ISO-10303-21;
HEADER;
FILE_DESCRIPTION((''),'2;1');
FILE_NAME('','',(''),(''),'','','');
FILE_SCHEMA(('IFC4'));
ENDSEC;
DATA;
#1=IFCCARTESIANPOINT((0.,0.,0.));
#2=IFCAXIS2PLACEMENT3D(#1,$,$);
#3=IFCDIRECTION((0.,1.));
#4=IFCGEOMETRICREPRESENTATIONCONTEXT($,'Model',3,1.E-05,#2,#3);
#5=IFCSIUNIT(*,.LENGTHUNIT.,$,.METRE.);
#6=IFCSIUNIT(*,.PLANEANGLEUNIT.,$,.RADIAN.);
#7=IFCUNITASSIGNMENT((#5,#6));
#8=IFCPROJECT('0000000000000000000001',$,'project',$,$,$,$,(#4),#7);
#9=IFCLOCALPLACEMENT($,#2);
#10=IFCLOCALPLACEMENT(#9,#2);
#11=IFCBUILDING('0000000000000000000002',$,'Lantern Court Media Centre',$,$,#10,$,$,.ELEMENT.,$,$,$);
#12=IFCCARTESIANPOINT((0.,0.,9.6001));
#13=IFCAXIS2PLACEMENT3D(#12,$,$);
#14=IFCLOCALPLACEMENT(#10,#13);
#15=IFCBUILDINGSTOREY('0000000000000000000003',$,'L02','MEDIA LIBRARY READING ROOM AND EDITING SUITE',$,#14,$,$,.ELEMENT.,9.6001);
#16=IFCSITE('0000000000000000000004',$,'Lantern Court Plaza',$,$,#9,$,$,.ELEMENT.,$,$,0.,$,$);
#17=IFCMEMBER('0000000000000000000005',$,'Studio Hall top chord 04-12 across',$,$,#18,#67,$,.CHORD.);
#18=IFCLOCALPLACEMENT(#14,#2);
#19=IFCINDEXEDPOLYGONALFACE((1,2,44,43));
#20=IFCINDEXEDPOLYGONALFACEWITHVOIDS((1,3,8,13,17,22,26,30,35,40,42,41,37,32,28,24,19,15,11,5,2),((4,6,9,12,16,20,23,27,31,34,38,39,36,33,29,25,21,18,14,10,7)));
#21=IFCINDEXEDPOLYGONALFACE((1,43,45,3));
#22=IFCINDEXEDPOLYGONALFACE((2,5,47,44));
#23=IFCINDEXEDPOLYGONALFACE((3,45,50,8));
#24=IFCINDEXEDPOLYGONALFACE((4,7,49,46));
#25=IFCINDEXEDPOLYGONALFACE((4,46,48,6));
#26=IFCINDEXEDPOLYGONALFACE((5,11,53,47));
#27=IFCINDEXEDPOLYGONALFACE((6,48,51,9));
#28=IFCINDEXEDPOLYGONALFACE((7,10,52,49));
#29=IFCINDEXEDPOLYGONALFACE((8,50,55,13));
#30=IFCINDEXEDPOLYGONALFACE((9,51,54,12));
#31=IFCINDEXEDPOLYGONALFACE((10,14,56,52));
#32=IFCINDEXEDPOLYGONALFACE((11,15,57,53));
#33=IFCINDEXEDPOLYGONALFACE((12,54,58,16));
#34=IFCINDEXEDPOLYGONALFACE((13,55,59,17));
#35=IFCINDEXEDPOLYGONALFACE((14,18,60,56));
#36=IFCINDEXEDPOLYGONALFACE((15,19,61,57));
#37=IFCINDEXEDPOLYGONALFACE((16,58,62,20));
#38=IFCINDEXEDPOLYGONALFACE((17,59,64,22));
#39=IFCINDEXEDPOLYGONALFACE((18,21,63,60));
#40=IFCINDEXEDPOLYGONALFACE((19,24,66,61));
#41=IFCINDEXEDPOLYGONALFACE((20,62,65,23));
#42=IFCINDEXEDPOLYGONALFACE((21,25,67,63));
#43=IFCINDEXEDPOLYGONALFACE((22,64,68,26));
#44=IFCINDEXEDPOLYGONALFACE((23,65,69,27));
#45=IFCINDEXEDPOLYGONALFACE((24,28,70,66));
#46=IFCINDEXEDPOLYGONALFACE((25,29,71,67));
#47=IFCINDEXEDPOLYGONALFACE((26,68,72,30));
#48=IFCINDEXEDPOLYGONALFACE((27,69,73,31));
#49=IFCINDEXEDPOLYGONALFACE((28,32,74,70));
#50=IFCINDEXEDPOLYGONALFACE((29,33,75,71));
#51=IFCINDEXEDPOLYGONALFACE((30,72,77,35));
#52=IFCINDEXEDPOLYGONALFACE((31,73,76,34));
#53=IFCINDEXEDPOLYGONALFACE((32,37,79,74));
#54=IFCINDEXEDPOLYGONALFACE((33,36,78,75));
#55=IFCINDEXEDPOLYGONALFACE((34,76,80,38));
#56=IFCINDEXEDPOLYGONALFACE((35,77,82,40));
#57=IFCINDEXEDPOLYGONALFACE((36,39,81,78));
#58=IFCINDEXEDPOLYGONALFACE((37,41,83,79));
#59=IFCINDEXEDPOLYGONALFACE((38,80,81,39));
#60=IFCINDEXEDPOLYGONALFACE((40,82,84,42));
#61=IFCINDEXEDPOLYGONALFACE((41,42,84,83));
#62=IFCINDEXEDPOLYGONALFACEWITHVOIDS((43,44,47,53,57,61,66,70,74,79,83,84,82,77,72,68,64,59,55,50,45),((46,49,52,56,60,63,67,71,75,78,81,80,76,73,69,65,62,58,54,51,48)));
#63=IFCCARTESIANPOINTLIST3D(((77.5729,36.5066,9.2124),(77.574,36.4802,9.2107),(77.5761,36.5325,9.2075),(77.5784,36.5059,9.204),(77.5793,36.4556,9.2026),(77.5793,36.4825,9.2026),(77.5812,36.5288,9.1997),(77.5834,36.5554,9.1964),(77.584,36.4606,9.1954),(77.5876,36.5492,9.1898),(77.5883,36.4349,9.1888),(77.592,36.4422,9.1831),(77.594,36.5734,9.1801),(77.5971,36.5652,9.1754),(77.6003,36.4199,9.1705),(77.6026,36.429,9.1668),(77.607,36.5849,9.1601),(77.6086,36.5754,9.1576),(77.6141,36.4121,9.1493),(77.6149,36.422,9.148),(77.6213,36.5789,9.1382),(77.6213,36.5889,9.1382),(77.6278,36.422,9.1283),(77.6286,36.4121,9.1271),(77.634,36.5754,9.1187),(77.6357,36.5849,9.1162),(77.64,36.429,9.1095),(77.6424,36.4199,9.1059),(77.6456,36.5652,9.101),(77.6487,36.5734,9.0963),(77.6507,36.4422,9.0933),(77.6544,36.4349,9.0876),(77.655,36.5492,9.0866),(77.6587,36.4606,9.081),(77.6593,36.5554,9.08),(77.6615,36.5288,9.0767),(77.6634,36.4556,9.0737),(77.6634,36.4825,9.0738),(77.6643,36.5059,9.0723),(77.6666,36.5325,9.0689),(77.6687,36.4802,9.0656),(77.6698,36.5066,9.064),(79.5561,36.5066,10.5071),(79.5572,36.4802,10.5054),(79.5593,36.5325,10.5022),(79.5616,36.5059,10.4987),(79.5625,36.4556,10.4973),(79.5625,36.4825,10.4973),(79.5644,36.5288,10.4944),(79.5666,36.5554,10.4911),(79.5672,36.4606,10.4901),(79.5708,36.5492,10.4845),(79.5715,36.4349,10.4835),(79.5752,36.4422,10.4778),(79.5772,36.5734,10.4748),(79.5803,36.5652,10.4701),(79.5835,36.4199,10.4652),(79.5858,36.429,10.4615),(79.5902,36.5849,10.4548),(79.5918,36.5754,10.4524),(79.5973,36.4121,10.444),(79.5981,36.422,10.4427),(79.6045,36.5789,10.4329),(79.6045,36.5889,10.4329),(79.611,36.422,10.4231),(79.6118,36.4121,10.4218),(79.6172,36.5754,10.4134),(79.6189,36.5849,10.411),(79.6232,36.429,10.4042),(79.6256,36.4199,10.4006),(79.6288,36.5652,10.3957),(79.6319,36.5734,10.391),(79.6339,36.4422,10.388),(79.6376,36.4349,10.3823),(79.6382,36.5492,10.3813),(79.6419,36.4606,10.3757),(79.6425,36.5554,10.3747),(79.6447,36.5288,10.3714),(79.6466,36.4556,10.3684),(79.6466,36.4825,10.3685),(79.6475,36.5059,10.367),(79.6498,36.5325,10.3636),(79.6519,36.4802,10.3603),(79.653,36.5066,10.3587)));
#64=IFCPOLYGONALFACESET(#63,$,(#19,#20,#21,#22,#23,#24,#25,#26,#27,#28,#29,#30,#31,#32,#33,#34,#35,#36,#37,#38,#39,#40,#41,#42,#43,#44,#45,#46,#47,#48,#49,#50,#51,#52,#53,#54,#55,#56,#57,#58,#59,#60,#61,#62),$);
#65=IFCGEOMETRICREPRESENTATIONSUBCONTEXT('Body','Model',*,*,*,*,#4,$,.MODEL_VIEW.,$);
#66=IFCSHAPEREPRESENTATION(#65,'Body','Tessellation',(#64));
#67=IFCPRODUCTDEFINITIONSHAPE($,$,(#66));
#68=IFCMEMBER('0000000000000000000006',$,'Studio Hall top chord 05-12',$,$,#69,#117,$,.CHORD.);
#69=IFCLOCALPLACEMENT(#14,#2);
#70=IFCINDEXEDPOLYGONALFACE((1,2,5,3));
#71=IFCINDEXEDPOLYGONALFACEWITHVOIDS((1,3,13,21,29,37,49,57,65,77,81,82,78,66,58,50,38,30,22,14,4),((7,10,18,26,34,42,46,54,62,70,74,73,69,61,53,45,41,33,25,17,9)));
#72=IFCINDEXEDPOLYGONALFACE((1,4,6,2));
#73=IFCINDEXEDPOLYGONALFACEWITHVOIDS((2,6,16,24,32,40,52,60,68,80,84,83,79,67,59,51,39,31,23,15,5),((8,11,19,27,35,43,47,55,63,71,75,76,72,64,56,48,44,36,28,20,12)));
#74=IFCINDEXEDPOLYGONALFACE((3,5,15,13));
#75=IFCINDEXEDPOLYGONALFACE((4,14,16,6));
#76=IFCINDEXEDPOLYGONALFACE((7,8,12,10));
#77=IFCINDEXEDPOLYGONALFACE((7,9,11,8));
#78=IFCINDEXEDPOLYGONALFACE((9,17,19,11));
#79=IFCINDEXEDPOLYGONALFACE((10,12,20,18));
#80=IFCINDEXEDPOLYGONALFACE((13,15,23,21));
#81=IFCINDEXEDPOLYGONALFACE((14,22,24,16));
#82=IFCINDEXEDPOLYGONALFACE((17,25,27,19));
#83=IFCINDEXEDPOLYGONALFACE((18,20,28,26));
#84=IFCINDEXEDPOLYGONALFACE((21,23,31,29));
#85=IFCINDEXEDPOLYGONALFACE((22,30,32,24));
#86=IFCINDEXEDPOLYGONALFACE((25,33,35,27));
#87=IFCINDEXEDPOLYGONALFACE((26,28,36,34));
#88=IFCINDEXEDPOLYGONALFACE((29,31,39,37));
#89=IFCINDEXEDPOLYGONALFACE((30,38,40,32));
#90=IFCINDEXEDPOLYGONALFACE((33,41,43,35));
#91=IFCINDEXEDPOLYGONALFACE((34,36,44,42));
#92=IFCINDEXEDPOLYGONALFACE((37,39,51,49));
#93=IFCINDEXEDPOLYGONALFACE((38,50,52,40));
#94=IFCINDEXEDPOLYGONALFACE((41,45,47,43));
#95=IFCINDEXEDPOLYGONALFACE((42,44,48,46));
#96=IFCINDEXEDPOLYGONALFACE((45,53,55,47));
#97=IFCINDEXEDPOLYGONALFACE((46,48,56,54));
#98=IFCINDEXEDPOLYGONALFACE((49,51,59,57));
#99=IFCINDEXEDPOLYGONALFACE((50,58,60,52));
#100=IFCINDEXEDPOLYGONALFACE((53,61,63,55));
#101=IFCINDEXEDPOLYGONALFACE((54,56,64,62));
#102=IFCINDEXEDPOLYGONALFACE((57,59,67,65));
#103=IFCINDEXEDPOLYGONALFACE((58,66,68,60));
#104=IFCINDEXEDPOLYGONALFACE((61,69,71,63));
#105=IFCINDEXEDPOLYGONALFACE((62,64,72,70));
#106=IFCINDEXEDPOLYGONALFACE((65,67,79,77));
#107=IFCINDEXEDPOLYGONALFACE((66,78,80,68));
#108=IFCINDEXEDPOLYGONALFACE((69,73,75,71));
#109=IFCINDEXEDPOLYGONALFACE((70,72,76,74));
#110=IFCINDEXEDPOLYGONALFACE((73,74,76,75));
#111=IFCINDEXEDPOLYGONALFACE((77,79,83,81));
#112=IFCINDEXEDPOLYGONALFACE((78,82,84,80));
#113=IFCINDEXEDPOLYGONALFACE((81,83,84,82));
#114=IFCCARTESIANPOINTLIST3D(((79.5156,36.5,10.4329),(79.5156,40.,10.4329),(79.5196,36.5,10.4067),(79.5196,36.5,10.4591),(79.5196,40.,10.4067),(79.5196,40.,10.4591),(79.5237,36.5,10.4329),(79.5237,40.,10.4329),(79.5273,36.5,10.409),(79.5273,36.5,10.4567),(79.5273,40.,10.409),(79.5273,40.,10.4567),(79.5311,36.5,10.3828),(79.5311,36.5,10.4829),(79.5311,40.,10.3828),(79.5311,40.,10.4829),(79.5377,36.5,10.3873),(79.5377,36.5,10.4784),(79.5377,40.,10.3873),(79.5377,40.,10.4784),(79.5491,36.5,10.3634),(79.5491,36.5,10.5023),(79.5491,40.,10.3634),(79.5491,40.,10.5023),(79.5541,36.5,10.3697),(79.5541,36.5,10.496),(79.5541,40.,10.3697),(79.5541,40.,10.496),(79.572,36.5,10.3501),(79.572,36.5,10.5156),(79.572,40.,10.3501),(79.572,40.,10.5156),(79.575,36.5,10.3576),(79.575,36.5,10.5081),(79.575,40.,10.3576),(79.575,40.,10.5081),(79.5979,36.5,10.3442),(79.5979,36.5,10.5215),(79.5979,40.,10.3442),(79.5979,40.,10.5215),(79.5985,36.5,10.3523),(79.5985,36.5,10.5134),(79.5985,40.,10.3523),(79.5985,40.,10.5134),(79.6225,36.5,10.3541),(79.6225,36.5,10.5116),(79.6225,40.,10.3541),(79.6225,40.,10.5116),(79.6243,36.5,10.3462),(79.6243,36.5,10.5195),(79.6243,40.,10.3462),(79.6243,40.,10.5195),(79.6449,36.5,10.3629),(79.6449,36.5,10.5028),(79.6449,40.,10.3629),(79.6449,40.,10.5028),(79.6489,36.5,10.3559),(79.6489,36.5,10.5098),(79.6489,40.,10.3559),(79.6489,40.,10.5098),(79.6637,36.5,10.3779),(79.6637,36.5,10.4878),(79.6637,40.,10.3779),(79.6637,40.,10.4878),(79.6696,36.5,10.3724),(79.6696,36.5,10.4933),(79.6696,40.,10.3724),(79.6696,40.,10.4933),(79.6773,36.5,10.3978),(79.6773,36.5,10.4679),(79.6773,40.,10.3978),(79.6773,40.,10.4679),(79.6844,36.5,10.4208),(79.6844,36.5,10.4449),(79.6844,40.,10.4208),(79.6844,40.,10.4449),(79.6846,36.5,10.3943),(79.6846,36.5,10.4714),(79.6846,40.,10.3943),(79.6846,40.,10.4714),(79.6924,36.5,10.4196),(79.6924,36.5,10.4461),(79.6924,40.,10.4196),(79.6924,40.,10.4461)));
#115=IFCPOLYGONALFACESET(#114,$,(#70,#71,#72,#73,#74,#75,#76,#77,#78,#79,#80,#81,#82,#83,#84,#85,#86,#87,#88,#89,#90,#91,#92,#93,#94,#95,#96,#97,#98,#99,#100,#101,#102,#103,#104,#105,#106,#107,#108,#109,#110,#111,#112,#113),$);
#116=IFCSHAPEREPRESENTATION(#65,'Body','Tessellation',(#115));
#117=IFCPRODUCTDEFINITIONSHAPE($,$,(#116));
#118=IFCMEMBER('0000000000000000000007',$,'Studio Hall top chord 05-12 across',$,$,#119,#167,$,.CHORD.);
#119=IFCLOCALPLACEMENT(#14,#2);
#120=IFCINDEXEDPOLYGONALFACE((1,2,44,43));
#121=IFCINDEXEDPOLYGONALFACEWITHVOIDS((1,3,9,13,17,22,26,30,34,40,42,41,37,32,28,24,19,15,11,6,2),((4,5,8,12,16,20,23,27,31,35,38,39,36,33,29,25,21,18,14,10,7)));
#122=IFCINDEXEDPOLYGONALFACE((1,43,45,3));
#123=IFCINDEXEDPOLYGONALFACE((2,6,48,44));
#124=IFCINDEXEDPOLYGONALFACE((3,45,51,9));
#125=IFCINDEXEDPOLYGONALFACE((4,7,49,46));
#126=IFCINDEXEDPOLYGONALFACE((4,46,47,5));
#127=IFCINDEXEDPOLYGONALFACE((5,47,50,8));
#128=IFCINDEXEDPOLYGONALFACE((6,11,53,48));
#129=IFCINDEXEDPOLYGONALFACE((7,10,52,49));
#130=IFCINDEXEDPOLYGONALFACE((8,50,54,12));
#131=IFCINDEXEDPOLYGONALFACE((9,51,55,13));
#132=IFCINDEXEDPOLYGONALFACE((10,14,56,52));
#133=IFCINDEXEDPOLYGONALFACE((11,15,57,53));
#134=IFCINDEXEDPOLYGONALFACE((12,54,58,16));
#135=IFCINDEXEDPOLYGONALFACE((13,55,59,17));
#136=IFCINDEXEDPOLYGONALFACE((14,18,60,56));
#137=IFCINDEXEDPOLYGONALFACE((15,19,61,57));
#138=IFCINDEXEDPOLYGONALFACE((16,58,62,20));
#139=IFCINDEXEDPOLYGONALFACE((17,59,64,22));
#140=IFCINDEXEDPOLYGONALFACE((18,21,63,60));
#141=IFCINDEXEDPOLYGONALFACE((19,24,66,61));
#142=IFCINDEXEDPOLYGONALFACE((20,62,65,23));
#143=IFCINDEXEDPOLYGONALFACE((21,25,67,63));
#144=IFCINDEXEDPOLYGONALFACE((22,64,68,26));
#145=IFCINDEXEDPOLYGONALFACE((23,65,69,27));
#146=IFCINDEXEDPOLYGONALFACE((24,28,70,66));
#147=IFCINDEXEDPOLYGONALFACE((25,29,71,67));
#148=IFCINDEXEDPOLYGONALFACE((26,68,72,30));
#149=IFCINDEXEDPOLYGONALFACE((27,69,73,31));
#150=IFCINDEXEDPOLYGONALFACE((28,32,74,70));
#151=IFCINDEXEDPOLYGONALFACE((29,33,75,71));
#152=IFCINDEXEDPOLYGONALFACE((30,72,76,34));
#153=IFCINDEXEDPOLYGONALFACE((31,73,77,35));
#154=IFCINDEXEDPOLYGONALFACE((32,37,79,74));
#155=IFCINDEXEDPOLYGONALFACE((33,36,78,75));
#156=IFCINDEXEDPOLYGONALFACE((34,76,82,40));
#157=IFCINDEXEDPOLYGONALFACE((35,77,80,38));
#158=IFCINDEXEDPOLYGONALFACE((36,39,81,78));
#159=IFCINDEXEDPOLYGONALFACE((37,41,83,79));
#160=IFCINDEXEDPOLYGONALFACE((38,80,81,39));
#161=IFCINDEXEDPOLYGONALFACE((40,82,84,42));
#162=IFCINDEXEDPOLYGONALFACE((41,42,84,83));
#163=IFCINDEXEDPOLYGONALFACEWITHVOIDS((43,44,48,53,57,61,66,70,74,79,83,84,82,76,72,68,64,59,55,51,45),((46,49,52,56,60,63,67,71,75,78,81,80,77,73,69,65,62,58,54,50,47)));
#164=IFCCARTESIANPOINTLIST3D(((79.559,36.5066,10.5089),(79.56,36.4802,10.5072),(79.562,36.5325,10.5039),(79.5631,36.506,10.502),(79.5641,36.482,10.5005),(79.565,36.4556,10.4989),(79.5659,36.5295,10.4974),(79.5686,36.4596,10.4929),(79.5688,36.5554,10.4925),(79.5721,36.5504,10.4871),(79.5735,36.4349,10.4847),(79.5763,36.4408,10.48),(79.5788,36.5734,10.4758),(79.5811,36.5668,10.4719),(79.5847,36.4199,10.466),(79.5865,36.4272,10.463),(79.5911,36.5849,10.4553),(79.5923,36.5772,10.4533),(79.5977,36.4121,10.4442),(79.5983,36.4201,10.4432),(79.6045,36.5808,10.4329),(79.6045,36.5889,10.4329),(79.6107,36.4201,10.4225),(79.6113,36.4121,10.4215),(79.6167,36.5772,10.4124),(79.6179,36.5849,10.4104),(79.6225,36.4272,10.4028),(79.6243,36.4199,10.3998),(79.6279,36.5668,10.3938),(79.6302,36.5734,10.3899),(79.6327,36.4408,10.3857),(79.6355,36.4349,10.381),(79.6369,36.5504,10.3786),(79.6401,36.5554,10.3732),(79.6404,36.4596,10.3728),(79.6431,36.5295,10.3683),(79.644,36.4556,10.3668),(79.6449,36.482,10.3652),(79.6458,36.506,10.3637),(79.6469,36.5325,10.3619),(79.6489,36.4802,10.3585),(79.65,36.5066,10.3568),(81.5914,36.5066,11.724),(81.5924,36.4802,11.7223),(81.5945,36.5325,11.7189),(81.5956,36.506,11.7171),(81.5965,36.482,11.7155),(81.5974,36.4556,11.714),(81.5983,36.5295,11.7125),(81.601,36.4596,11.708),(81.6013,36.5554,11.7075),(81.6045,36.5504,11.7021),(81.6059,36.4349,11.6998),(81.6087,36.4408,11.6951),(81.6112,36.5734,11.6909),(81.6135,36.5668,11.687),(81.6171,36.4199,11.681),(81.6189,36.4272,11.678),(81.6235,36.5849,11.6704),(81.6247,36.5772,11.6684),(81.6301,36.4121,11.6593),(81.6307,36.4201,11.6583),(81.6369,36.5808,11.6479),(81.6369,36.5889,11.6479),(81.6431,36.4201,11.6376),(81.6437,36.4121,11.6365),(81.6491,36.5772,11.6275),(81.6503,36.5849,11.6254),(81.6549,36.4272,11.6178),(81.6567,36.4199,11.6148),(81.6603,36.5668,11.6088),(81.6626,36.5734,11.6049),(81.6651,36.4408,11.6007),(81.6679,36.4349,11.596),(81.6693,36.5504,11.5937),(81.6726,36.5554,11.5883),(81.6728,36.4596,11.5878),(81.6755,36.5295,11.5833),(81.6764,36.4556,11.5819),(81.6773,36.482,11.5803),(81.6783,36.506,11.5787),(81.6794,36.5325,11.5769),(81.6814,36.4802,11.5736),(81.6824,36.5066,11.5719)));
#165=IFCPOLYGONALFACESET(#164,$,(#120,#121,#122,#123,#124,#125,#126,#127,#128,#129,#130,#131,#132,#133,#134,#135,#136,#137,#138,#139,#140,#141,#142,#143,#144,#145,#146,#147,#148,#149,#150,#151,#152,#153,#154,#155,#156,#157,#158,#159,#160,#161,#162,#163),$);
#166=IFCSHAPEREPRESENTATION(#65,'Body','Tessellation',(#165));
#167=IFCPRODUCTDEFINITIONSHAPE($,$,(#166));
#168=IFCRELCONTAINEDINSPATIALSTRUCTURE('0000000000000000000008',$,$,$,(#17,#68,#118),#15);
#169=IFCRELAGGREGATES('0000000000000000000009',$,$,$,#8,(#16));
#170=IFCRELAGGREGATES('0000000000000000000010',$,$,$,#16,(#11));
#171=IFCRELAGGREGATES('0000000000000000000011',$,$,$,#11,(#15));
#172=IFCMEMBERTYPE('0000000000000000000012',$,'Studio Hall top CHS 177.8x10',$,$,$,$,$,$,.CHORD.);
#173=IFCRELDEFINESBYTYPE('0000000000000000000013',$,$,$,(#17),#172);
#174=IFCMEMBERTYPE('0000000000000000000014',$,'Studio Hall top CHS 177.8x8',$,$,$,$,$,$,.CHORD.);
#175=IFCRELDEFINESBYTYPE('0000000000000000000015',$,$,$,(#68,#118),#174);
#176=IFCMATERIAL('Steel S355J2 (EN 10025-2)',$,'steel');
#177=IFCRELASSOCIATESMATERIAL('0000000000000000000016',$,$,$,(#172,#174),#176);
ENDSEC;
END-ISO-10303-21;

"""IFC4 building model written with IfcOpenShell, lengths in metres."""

from ifc_helpers import new_model, si_unit, direction, frame, origin, origin_2d, place, context, subcontext, project, spatial, hollow_circle, extrude, material, material_profile, profile_set, type_object, element, save


model = new_model("IFC4")

# Units and contexts
model_context = context("Model", 3, precision=1e-05, world=origin(), true_north=direction((0.0, 1.0)))
body_context = subcontext(model_context, "Body", "Model", "MODEL_VIEW")
ifc_project = project(units=[si_unit("LENGTHUNIT", "METRE"), si_unit("PLANEANGLEUNIT", "RADIAN")], contexts=[model_context])

# Site, building, storey
site_placement = place(None, origin())
site = spatial("IfcSite", under=ifc_project, at=site_placement, Name="Lantern Court Plaza", CompositionType="ELEMENT", RefElevation=0.0)
building_placement = place(site_placement, origin())
building = spatial("IfcBuilding", under=site, at=building_placement, Name="Lantern Court Media Centre", CompositionType="ELEMENT")
storey_placement = place(building_placement, frame((0.0, 0.0, 9.6001)))
storey = spatial("IfcBuildingStorey", under=building, at=storey_placement, Name="L02", Description="MEDIA LIBRARY READING ROOM AND EDITING SUITE", CompositionType="ELEMENT", Elevation=9.6001)

# Members
ifc_material = material(Name="Steel S355J2 (EN 10025-2)", Category="steel")
ifc_material_profile_1 = material_profile(ifc_material, hollow_circle(Radius=0.0889, WallThickness=0.01, at=origin_2d()), Name="Studio Hall top CHS 177.8x10")
ifc_profile_set_1 = profile_set([ifc_material_profile_1], Name="Steel S355J2 (EN 10025-2)")
member_type_1 = type_object("IfcMemberType", Name="Studio Hall top CHS 177.8x10", PredefinedType="CHORD", material=ifc_profile_set_1)
member_1_placement = place(storey_placement, frame((77.6213, 36.5, 9.1382), z_axis=(0.837356, 0.0, 0.546658), x_axis=(0.0, 1.0, 0.0)))
element("IfcMember", 1, at=member_1_placement, inside=storey, type_object=member_type_1, Name="Studio Hall top chord 04-12 across", PredefinedType="CHORD", context=body_context, shape_type="SweptSolid", body=[
    extrude(hollow_circle(Radius=0.0889, WallThickness=0.01, at=origin_2d()), origin(), (0.0, 0.0, 1.0), 2.3684),
])
ifc_material_profile_2 = material_profile(ifc_material, hollow_circle(Radius=0.0889, WallThickness=0.0081, at=origin_2d()), Name="Studio Hall top CHS 177.8x8")
ifc_profile_set_2 = profile_set([ifc_material_profile_2], Name="Steel S355J2 (EN 10025-2)")
member_type_2 = type_object("IfcMemberType", Name="Studio Hall top CHS 177.8x8", PredefinedType="CHORD", material=ifc_profile_set_2)
member_2_placement = place(storey_placement, frame((79.6045, 36.5, 10.4329), z_axis=(0.0, 1.0, 0.0), x_axis=(-1.0, 0.0, 0.0)))
element("IfcMember", 2, at=member_2_placement, inside=storey, type_object=member_type_2, Name="Studio Hall top chord 05-12", PredefinedType="CHORD", context=body_context, shape_type="SweptSolid", body=[
    extrude(hollow_circle(Radius=0.0889, WallThickness=0.0081, at=origin_2d()), origin(), (0.0, 0.0, 1.0), 3.5),
])
member_3_placement = place(storey_placement, frame((79.6045, 36.5, 10.4329), z_axis=(0.858311, 0.0, 0.513131), x_axis=(0.0, 1.0, 0.0)))
element("IfcMember", 3, at=member_3_placement, inside=storey, type_object=member_type_2, Name="Studio Hall top chord 05-12 across", PredefinedType="CHORD", context=body_context, shape_type="SweptSolid", body=[
    extrude(hollow_circle(Radius=0.0889, WallThickness=0.0081, at=origin_2d()), origin(), (0.0, 0.0, 1.0), 2.3679),
])

save(model, "model.ifc")
